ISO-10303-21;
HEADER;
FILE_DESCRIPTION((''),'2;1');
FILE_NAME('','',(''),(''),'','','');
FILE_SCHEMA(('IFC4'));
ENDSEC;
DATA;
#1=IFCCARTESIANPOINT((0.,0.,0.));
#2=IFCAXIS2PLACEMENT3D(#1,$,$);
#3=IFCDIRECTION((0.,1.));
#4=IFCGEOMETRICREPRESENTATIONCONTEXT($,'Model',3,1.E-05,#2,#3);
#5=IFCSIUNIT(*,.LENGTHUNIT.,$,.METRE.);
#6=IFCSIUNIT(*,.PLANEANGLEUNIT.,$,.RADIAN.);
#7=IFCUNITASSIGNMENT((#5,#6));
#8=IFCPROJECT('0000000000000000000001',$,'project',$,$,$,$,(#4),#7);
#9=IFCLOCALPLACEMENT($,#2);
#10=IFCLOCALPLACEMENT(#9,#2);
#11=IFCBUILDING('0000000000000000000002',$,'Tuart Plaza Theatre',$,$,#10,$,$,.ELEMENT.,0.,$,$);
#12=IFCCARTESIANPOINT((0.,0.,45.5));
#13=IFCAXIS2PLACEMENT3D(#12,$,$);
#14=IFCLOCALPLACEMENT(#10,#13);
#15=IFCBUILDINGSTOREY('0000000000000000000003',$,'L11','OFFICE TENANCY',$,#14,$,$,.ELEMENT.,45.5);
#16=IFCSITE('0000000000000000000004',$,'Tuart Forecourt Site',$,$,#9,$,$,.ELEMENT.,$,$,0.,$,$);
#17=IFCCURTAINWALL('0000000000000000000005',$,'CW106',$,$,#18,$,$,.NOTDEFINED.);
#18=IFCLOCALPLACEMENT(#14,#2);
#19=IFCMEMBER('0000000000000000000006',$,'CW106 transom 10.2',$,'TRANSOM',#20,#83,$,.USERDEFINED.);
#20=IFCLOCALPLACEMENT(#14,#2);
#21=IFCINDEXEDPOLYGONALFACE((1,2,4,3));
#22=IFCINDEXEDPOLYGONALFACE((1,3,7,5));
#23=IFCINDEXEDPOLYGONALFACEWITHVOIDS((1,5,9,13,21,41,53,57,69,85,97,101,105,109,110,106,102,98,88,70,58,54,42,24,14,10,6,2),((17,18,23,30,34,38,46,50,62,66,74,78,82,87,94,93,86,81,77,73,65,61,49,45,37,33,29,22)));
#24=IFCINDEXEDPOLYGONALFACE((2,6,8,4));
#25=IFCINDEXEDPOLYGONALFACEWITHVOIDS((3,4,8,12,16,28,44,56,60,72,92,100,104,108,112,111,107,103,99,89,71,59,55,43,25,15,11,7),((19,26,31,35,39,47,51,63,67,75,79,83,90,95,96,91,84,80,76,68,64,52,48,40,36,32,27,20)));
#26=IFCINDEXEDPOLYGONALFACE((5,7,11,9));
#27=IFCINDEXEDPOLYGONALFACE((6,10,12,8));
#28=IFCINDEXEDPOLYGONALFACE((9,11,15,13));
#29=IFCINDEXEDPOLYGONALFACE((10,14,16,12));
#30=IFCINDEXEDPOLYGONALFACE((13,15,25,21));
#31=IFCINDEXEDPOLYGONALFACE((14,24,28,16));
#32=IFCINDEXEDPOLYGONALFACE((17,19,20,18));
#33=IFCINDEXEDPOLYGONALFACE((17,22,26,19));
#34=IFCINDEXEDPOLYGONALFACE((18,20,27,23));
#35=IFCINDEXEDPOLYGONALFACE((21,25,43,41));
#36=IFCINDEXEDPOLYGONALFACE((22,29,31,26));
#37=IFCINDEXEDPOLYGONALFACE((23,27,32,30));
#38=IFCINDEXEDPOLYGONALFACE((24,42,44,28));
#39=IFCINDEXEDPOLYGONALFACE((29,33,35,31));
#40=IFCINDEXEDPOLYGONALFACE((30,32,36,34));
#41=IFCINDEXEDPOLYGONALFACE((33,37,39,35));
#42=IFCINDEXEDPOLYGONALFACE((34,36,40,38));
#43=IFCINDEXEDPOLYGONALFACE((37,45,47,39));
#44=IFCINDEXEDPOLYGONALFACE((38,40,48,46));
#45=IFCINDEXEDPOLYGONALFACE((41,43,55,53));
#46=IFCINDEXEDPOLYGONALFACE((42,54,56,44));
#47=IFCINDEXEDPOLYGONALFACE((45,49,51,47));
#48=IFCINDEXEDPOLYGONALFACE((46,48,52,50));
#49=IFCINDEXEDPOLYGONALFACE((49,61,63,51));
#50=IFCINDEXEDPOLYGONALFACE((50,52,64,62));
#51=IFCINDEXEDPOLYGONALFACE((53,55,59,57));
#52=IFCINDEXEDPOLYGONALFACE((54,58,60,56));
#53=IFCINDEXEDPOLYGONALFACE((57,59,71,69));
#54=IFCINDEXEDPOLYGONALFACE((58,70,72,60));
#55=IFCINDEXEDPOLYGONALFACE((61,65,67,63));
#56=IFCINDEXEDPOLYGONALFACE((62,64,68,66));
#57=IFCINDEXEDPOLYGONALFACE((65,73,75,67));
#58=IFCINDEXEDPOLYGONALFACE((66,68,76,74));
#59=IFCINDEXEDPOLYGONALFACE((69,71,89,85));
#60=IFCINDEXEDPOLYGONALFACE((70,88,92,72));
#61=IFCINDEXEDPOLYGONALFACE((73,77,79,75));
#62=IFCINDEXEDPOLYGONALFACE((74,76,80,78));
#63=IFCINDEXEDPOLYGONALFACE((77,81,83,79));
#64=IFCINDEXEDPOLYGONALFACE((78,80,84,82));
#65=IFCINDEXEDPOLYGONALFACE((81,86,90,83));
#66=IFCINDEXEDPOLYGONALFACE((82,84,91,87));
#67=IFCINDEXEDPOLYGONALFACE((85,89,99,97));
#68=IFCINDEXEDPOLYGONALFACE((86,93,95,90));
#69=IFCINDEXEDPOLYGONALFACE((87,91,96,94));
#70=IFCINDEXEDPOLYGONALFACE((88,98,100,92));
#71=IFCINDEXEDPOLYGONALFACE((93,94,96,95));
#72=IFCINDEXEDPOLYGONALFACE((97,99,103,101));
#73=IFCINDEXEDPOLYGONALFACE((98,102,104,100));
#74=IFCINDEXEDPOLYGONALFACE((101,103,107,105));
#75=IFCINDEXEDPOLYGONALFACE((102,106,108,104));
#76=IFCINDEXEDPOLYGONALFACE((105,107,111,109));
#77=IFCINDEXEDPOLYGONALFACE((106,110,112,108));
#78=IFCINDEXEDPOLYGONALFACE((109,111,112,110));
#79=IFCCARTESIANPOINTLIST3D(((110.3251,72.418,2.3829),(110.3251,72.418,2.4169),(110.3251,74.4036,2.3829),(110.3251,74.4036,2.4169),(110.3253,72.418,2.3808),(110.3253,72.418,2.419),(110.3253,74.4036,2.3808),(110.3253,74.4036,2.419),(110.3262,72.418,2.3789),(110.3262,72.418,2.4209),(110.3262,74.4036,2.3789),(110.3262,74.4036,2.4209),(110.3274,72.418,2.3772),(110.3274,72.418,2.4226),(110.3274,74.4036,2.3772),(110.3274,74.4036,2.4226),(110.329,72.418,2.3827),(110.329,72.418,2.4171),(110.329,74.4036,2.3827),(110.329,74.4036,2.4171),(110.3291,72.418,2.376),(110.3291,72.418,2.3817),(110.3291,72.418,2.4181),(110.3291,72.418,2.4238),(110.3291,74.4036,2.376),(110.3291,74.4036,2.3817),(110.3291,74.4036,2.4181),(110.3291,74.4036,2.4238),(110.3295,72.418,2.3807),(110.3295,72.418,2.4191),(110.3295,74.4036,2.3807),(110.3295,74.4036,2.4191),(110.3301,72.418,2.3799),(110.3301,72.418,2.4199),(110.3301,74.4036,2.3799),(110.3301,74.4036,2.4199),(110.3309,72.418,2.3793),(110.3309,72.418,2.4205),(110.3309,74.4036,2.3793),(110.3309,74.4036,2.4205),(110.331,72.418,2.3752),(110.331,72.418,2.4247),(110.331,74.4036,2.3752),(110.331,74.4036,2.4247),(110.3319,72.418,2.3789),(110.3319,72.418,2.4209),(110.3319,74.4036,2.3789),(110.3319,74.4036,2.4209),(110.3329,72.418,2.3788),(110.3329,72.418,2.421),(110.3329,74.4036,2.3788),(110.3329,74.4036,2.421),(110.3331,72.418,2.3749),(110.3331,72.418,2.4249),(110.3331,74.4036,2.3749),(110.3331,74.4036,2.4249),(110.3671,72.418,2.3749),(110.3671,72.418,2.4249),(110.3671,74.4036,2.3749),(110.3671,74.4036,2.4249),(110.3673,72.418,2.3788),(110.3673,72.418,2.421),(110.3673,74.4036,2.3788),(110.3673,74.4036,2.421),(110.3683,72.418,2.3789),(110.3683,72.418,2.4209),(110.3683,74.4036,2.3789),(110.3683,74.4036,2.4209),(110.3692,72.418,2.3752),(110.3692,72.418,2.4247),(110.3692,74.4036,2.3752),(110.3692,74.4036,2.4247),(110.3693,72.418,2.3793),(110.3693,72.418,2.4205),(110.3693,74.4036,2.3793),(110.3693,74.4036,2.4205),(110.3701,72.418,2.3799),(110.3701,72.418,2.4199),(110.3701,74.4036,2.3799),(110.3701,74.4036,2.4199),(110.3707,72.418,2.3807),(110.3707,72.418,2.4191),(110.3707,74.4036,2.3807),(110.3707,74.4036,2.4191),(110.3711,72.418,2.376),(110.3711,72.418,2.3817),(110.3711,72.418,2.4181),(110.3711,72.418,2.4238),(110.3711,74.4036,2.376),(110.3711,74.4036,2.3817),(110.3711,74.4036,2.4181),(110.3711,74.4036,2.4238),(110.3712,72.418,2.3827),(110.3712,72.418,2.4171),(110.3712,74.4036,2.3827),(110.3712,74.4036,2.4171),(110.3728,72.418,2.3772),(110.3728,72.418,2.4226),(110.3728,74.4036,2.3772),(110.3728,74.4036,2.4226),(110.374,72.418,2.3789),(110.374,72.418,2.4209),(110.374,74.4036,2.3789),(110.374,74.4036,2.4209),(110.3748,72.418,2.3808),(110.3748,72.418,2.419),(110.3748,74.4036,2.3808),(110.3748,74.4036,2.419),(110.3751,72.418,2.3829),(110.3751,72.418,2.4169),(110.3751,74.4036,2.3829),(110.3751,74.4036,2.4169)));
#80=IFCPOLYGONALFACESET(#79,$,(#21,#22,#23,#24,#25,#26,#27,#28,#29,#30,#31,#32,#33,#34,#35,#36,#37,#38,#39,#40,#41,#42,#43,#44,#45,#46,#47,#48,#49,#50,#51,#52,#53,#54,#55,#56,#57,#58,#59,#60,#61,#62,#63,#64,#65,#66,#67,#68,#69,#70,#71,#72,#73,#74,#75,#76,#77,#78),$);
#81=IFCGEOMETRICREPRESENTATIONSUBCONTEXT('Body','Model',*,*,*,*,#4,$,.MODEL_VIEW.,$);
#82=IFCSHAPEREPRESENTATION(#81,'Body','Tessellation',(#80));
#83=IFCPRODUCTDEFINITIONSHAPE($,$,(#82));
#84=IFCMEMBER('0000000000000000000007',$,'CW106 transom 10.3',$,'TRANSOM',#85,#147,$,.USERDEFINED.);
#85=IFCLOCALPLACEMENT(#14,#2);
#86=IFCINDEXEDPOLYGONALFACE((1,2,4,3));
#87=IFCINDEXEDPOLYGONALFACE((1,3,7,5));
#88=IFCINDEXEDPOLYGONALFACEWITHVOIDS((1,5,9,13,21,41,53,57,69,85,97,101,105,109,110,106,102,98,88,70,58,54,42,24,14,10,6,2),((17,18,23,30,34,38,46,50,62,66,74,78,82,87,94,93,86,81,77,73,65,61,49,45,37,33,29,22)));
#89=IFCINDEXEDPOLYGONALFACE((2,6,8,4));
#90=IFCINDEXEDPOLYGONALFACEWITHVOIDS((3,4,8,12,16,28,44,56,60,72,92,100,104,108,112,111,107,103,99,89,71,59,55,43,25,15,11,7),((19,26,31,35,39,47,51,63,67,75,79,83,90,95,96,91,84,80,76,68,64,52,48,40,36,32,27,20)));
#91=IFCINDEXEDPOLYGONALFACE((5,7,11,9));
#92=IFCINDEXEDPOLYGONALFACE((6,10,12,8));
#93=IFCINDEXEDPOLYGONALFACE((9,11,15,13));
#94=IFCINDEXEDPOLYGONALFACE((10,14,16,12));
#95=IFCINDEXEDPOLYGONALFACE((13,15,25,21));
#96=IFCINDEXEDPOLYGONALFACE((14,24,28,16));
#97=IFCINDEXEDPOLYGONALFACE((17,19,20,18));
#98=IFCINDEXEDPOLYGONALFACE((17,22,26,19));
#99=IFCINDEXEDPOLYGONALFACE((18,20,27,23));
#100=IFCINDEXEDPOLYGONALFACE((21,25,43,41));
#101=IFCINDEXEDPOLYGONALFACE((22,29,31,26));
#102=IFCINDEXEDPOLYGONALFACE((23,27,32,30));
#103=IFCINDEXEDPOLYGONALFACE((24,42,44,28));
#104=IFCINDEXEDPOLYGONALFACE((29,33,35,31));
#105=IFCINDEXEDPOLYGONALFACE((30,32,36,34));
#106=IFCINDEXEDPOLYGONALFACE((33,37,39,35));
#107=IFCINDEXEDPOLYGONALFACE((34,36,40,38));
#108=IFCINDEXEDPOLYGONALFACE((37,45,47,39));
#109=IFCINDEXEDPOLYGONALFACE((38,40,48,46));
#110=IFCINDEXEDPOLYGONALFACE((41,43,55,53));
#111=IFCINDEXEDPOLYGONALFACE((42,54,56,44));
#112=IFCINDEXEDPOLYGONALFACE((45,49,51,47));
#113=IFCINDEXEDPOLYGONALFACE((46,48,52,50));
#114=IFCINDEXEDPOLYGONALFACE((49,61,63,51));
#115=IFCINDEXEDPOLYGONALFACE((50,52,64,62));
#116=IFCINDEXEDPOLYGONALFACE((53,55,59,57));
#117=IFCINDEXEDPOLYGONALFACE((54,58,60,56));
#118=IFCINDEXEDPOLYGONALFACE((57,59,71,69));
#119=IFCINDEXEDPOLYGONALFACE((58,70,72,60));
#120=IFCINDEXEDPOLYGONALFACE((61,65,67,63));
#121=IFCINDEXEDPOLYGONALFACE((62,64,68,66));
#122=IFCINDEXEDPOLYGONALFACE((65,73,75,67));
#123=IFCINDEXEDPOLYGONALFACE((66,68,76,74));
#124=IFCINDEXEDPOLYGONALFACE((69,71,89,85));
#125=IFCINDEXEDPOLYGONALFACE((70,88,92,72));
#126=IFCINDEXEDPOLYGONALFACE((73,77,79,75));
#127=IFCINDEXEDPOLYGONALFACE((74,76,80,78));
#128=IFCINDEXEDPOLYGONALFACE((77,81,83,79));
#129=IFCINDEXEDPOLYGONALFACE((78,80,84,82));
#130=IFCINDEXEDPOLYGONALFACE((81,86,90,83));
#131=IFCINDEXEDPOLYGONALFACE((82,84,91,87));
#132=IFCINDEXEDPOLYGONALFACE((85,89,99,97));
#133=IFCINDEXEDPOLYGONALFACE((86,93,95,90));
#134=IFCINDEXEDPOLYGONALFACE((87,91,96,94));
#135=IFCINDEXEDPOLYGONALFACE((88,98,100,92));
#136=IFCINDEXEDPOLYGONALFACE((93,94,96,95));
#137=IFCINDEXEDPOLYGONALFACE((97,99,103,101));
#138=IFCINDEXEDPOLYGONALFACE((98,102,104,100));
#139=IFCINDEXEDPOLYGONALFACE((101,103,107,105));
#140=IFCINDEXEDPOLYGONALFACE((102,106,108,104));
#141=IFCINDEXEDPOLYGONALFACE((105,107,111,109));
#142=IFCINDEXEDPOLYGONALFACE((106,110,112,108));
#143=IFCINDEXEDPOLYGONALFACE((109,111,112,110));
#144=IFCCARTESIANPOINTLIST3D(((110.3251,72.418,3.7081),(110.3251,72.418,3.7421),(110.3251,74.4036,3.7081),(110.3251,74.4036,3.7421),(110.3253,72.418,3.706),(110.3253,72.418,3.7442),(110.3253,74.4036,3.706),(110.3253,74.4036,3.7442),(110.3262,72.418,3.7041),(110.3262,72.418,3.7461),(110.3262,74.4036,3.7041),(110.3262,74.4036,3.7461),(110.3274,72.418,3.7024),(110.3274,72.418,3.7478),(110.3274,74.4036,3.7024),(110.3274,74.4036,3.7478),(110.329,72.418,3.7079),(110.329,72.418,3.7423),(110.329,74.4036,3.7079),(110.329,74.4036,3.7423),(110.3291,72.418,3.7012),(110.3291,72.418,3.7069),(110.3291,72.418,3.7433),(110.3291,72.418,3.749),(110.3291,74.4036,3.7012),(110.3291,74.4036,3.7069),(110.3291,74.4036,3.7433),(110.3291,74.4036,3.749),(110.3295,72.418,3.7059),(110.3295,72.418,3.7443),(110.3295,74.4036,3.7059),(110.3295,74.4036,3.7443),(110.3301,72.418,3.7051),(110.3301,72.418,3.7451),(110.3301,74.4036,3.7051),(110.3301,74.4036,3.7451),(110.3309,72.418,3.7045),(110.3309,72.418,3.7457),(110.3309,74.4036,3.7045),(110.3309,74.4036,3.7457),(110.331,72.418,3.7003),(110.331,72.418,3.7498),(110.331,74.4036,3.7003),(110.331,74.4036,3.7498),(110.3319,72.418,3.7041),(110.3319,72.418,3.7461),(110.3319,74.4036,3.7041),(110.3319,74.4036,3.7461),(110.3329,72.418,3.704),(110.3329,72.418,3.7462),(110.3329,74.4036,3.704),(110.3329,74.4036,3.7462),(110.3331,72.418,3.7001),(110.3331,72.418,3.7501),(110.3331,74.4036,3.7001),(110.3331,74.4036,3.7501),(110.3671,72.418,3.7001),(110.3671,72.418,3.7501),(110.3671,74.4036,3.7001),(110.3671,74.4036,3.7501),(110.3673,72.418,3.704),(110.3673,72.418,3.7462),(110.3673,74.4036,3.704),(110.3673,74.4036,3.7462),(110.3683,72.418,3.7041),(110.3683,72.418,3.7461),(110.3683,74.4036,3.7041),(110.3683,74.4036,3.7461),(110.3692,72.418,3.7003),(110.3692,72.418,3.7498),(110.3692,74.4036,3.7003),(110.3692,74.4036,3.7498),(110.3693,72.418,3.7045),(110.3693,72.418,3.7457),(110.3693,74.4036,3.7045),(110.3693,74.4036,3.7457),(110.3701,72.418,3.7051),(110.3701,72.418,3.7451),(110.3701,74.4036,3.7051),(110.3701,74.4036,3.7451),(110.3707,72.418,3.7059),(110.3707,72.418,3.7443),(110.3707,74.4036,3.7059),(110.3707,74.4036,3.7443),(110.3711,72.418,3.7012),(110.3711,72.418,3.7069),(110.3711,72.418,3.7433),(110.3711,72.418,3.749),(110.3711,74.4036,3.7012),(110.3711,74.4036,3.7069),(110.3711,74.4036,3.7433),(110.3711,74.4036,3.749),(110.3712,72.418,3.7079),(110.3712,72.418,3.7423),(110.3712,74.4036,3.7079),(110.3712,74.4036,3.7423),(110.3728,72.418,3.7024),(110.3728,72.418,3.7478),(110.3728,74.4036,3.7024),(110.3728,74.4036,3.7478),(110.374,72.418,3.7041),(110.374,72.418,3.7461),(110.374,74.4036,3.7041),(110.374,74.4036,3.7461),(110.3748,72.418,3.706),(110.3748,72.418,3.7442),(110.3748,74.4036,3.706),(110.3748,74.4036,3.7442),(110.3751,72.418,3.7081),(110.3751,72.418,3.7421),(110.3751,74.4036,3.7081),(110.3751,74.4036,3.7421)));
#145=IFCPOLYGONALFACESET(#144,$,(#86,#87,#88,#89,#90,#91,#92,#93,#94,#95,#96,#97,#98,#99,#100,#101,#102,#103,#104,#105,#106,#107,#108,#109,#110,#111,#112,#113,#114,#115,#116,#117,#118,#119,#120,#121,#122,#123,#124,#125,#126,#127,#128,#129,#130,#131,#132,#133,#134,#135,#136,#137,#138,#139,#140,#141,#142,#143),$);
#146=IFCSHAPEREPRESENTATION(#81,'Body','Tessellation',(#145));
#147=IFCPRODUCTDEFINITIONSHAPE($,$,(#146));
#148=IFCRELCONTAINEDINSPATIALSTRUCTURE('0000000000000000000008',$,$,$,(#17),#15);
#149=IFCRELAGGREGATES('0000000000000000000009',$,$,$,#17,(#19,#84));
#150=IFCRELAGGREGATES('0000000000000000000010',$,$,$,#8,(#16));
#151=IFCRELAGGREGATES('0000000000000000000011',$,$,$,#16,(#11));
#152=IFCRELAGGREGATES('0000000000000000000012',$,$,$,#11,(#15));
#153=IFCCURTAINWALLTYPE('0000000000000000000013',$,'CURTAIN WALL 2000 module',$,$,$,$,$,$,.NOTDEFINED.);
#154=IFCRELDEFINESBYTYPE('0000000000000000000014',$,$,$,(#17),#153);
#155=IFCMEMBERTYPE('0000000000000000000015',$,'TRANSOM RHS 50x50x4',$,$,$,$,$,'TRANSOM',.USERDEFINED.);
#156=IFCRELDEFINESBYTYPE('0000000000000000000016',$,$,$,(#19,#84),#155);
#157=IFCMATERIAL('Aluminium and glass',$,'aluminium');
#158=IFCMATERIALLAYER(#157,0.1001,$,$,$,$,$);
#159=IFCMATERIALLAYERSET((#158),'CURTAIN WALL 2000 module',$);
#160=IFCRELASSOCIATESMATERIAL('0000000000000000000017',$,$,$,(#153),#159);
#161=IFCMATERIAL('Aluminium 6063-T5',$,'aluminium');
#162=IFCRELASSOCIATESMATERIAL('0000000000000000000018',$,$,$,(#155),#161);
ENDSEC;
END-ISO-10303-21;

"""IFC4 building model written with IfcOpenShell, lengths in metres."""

from ifc_helpers import new_model, si_unit, direction, frame, origin, origin_2d, place, context, subcontext, project, spatial, hollow_rectangle, extrude, material, layer, layer_set, material_profile, profile_set, type_object, element, aggregate, save


model = new_model("IFC4")

# Units and contexts
model_context = context("Model", 3, precision=1e-05, world=origin(), true_north=direction((0.0, 1.0)))
body_context = subcontext(model_context, "Body", "Model", "MODEL_VIEW")
ifc_project = project(units=[si_unit("LENGTHUNIT", "METRE"), si_unit("PLANEANGLEUNIT", "RADIAN")], contexts=[model_context])

# Site, building, storey
site_placement = place(None, origin())
site = spatial("IfcSite", under=ifc_project, at=site_placement, Name="Tuart Forecourt Site", CompositionType="ELEMENT", RefElevation=0.0)
building_placement = place(site_placement, origin())
building = spatial("IfcBuilding", under=site, at=building_placement, Name="Tuart Plaza Theatre", CompositionType="ELEMENT", ElevationOfRefHeight=0.0)
storey_placement = place(building_placement, frame((0.0, 0.0, 45.5)))
storey = spatial("IfcBuildingStorey", under=building, at=storey_placement, Name="L11", Description="OFFICE TENANCY", CompositionType="ELEMENT", Elevation=45.5)

# Curtain wall, members
ifc_material_1 = material(Name="Aluminium and glass", Category="aluminium")
ifc_layer_1 = layer(ifc_material_1, 0.1001)
ifc_layer_set_1 = layer_set([ifc_layer_1], Name="CURTAIN WALL 2000 module")
curtain_wall_type = type_object("IfcCurtainWallType", Name="CURTAIN WALL 2000 module", PredefinedType="NOTDEFINED", material=ifc_layer_set_1)
curtain_wall_placement = place(storey_placement, origin())
curtain_wall = element("IfcCurtainWall", 1, at=curtain_wall_placement, inside=storey, type_object=curtain_wall_type, Name="CW106", PredefinedType="NOTDEFINED")
ifc_material_2 = material(Name="Aluminium 6063-T5", Category="aluminium")
ifc_material_profile = material_profile(ifc_material_2, hollow_rectangle(XDim=0.05, YDim=0.05, WallThickness=0.0039, InnerFilletRadius=0.0039, OuterFilletRadius=0.0081, at=origin_2d()), Name="RHS 50x50x4")
ifc_profile_set = profile_set([ifc_material_profile], Name="Aluminium 6063-T5")
member_type = type_object("IfcMemberType", Name="TRANSOM RHS 50x50x4", ElementType="TRANSOM", PredefinedType="USERDEFINED", material=ifc_profile_set)
member_1_placement = place(storey_placement, frame((110.3501, 74.4036, 2.3999), z_axis=(0.0, -1.0, 0.0), x_axis=(1.0, 0.0, 0.0)))
member_1 = element("IfcMember", 2, at=member_1_placement, type_object=member_type, Name="CW106 transom 10.2", ObjectType="TRANSOM", PredefinedType="USERDEFINED", context=body_context, shape_type="SweptSolid", body=[
    extrude(hollow_rectangle(XDim=0.05, YDim=0.05, WallThickness=0.0039, InnerFilletRadius=0.0039, OuterFilletRadius=0.0081, at=origin_2d()), origin(), (0.0, 0.0, 1.0), 1.9856),
])
member_2_placement = place(storey_placement, frame((110.3501, 74.4036, 3.7251), z_axis=(0.0, -1.0, 0.0), x_axis=(1.0, 0.0, 0.0)))
member_2 = element("IfcMember", 3, at=member_2_placement, type_object=member_type, Name="CW106 transom 10.3", ObjectType="TRANSOM", PredefinedType="USERDEFINED", context=body_context, shape_type="SweptSolid", body=[
    extrude(hollow_rectangle(XDim=0.05, YDim=0.05, WallThickness=0.0039, InnerFilletRadius=0.0039, OuterFilletRadius=0.0081, at=origin_2d()), origin(), (0.0, 0.0, 1.0), 1.9856),
])
aggregate(curtain_wall, [member_1, member_2])

save(model, "model.ifc")
